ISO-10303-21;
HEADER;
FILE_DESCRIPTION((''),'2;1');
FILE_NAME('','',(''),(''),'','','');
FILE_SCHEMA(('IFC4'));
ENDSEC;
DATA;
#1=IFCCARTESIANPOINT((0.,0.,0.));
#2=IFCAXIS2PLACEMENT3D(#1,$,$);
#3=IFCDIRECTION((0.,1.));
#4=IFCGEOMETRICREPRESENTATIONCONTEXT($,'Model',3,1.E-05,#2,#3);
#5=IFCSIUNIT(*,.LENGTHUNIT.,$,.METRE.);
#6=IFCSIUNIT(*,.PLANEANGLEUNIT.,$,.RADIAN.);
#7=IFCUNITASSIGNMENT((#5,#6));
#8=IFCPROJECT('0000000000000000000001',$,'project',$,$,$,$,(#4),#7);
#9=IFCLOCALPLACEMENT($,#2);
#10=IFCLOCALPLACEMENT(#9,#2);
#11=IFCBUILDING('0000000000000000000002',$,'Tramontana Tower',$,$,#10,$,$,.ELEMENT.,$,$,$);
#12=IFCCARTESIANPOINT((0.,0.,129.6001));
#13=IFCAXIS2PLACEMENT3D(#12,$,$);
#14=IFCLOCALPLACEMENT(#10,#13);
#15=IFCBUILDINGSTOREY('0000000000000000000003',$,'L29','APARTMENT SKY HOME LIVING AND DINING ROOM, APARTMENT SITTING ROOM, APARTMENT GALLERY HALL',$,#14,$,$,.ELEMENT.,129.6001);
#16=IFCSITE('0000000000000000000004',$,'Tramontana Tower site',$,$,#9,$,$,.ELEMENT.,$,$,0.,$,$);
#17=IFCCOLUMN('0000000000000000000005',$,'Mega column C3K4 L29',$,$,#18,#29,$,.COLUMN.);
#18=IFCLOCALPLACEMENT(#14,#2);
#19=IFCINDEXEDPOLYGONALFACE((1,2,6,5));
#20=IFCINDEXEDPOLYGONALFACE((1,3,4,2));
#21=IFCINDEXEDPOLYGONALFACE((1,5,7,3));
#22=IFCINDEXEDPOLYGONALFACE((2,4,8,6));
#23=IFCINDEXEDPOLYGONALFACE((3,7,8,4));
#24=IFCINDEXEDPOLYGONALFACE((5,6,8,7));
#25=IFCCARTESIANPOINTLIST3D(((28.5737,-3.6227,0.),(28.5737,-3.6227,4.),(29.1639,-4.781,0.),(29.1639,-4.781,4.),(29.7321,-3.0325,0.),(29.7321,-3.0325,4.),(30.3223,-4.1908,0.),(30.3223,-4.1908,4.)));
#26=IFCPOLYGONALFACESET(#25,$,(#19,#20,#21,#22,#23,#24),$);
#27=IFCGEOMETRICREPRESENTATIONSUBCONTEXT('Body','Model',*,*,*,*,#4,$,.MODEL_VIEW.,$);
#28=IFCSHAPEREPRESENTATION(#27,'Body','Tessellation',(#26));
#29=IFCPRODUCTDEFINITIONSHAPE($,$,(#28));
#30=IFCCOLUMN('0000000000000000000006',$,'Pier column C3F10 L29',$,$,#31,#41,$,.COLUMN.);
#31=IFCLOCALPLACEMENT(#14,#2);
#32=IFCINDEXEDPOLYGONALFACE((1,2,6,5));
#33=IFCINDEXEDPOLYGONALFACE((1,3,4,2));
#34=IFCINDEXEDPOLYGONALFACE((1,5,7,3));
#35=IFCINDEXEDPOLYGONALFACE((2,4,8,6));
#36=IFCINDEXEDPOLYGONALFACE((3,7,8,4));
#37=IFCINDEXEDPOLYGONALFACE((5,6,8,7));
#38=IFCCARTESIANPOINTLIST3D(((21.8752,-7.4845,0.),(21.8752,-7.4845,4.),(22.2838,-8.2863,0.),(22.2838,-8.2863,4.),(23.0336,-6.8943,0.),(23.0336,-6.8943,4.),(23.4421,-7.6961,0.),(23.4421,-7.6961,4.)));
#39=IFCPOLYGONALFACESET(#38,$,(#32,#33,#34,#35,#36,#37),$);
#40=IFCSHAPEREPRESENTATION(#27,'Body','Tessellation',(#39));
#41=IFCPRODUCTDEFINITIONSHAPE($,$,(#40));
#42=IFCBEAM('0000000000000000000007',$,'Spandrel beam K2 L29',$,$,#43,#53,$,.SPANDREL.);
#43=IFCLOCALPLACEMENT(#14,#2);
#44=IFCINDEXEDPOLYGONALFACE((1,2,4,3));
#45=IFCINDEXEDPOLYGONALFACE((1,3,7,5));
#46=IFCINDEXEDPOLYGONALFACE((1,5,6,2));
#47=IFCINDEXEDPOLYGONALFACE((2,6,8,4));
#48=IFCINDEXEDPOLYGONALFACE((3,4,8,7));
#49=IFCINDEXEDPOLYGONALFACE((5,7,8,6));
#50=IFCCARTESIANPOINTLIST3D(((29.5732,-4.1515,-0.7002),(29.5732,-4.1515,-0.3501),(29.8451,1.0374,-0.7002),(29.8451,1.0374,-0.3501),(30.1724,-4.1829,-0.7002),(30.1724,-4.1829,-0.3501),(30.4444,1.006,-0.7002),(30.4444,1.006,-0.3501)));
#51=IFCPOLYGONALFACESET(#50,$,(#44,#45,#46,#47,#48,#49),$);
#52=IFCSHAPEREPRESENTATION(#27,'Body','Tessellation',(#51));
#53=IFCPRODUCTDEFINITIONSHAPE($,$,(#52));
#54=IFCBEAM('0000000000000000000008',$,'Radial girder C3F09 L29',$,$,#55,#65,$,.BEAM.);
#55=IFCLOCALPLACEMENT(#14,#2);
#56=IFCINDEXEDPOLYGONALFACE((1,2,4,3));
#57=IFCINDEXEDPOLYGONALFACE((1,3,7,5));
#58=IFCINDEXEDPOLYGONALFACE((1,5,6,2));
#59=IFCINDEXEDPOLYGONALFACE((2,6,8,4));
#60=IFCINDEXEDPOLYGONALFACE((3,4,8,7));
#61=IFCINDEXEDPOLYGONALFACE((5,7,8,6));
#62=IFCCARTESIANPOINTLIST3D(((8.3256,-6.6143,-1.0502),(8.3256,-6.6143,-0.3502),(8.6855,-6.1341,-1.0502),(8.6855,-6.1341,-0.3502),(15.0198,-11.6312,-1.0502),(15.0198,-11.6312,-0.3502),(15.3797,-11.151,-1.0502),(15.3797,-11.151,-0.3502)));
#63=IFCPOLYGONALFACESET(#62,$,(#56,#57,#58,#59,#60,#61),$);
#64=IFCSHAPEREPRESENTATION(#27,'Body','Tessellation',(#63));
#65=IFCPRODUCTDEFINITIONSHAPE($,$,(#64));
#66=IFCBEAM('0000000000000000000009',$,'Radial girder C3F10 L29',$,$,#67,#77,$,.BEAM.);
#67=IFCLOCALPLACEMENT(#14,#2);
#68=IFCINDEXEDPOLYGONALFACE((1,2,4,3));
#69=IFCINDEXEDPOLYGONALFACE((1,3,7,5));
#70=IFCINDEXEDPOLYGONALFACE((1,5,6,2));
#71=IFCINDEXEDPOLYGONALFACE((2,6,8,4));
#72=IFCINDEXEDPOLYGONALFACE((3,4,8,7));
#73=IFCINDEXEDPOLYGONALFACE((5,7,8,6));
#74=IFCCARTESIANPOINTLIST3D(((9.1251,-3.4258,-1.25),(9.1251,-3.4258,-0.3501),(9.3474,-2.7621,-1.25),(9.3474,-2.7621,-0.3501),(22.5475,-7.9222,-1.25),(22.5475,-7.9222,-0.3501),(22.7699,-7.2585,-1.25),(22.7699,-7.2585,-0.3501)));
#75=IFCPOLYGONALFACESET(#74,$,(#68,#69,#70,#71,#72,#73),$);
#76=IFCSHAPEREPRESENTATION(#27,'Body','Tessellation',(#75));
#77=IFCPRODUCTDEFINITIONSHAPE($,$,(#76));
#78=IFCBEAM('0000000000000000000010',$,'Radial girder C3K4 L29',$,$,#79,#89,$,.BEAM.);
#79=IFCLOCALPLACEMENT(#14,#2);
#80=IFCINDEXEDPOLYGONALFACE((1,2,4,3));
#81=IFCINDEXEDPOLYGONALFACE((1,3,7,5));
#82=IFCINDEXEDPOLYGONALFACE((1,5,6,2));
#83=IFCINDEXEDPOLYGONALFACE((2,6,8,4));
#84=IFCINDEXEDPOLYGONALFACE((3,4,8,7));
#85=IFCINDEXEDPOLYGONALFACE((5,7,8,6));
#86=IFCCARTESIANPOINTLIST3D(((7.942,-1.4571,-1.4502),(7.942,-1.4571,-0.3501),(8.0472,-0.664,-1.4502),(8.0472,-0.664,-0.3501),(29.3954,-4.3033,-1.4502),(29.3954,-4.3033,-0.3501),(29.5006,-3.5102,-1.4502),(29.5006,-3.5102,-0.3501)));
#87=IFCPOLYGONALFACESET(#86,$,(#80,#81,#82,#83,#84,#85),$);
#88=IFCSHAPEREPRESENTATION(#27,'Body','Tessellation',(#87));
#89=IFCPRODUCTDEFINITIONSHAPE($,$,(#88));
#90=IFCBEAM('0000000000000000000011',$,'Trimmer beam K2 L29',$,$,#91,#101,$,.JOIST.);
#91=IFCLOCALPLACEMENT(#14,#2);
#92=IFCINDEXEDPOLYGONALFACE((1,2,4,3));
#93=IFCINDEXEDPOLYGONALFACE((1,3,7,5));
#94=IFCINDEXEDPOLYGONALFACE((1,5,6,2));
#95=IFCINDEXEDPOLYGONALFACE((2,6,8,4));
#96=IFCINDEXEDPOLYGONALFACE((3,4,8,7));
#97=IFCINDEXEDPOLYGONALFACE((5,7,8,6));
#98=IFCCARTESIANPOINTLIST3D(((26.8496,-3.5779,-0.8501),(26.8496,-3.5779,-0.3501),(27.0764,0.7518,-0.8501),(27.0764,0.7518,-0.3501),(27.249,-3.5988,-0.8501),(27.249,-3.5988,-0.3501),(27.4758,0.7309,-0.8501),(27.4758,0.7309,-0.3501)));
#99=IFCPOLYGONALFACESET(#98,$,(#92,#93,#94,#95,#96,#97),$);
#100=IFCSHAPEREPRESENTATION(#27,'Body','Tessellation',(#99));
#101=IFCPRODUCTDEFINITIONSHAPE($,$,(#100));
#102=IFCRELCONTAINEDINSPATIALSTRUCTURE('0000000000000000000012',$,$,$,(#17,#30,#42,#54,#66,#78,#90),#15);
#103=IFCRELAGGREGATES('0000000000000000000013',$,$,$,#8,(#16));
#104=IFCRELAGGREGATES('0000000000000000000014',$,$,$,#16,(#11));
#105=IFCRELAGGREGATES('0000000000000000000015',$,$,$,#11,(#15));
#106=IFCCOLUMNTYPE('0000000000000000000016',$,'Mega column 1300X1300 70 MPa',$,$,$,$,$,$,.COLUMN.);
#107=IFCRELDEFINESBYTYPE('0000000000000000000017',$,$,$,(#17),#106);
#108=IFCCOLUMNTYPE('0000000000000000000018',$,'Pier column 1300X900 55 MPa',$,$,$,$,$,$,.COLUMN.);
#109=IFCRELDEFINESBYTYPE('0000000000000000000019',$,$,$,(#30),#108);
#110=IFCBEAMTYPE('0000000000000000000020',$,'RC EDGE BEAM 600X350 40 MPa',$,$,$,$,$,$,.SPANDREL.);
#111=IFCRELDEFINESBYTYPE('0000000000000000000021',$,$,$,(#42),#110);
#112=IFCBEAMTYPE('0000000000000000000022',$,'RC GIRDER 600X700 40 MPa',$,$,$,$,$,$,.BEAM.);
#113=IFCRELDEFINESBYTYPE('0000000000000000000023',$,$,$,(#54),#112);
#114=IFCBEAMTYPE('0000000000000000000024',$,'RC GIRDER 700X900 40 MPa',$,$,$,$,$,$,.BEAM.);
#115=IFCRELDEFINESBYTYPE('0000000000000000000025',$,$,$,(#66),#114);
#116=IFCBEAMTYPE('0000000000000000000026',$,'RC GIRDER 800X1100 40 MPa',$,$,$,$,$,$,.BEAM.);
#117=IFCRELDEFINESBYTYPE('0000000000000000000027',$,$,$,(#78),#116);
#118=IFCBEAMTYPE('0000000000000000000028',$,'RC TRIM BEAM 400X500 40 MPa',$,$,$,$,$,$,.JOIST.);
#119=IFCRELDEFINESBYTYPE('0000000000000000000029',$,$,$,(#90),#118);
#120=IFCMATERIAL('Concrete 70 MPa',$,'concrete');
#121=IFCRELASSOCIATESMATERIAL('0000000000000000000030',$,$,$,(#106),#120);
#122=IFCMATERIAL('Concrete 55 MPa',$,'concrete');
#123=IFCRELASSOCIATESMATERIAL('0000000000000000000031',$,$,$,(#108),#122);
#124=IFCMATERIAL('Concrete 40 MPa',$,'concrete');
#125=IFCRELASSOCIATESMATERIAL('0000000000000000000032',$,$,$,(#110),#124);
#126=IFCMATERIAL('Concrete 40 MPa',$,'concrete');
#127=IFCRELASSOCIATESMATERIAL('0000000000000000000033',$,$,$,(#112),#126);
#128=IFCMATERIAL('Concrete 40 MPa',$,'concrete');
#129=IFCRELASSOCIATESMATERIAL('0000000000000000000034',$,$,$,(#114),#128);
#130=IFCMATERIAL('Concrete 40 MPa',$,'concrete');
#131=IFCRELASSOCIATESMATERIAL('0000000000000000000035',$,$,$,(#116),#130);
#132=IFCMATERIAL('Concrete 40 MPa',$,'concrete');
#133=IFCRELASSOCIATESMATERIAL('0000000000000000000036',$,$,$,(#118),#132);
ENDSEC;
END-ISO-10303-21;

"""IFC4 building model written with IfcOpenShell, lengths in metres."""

from ifc_helpers import new_model, si_unit, direction, frame, origin, origin_2d, place, context, subcontext, project, spatial, rectangle, extrude, material, material_profile, profile_set, type_object, element, save


model = new_model("IFC4")

# Units and contexts
model_context = context("Model", 3, precision=1e-05, world=origin(), true_north=direction((0.0, 1.0)))
body_context = subcontext(model_context, "Body", "Model", "MODEL_VIEW")
ifc_project = project(units=[si_unit("LENGTHUNIT", "METRE"), si_unit("PLANEANGLEUNIT", "RADIAN")], contexts=[model_context])

# Site, building, storey
site_placement = place(None, origin())
site = spatial("IfcSite", under=ifc_project, at=site_placement, Name="Tramontana Tower site", CompositionType="ELEMENT", RefElevation=0.0)
building_placement = place(site_placement, origin())
building = spatial("IfcBuilding", under=site, at=building_placement, Name="Tramontana Tower", CompositionType="ELEMENT")
storey_placement = place(building_placement, frame((0.0, 0.0, 129.6001)))
storey = spatial("IfcBuildingStorey", under=building, at=storey_placement, Name="L29", Description="APARTMENT SKY HOME LIVING AND DINING ROOM, APARTMENT SITTING ROOM, APARTMENT GALLERY HALL", CompositionType="ELEMENT", Elevation=129.6001)

# Columns
ifc_material_1 = material(Name="Concrete 70 MPa", Category="concrete")
ifc_material_profile_1 = material_profile(ifc_material_1, rectangle(XDim=1.3, YDim=1.3, at=origin_2d()), Name="Mega column 1300X1300 70 MPa")
ifc_profile_set_1 = profile_set([ifc_material_profile_1], Name="Concrete 70 MPa")
column_type_1 = type_object("IfcColumnType", Name="Mega column 1300X1300 70 MPa", PredefinedType="COLUMN", material=ifc_profile_set_1)
column_1_placement = place(storey_placement, frame((29.448, -3.9067, 0.0), z_axis=(0.0, 0.0, 1.0), x_axis=(0.891007, 0.45399, 0.0)))
element("IfcColumn", 1, at=column_1_placement, inside=storey, type_object=column_type_1, Name="Mega column C3K4 L29", PredefinedType="COLUMN", context=body_context, shape_type="SweptSolid", body=[
    extrude(rectangle(XDim=1.3, YDim=1.3, at=origin_2d()), origin(), (0.0, 0.0, 1.0), 4.0),
])
ifc_material_2 = material(Name="Concrete 55 MPa", Category="concrete")
ifc_material_profile_2 = material_profile(ifc_material_2, rectangle(XDim=1.3, YDim=0.8999, at=origin_2d()), Name="Pier column 1300X900 55 MPa")
ifc_profile_set_2 = profile_set([ifc_material_profile_2], Name="Concrete 55 MPa")
column_type_2 = type_object("IfcColumnType", Name="Pier column 1300X900 55 MPa", PredefinedType="COLUMN", material=ifc_profile_set_2)
column_2_placement = place(storey_placement, frame((22.6587, -7.5903, 0.0), z_axis=(0.0, 0.0, 1.0), x_axis=(0.891007, 0.45399, 0.0)))
element("IfcColumn", 2, at=column_2_placement, inside=storey, type_object=column_type_2, Name="Pier column C3F10 L29", PredefinedType="COLUMN", context=body_context, shape_type="SweptSolid", body=[
    extrude(rectangle(XDim=1.3, YDim=0.8999, at=origin_2d()), origin(), (0.0, 0.0, 1.0), 4.0),
])

# Beams
ifc_material_3 = material(Name="Concrete 40 MPa", Category="concrete")
ifc_material_profile_3 = material_profile(ifc_material_3, rectangle(XDim=0.6001, YDim=0.3501, at=origin_2d()), Name="RC EDGE BEAM 600X350 40 MPa")
ifc_profile_set_3 = profile_set([ifc_material_profile_3], Name="Concrete 40 MPa")
beam_type_1 = type_object("IfcBeamType", Name="RC EDGE BEAM 600X350 40 MPa", PredefinedType="SPANDREL", material=ifc_profile_set_3)
beam_1_placement = place(storey_placement, frame((29.8728, -4.1672, -0.5251), z_axis=(0.052342, 0.998629, 0.0), x_axis=(-0.998629, 0.052342, 0.0)))
element("IfcBeam", 3, at=beam_1_placement, inside=storey, type_object=beam_type_1, Name="Spandrel beam K2 L29", PredefinedType="SPANDREL", context=body_context, shape_type="SweptSolid", body=[
    extrude(rectangle(XDim=0.6001, YDim=0.3501, at=origin_2d()), origin(), (0.0, 0.0, 1.0), 5.196),
])
ifc_material_4 = material(Name="Concrete 40 MPa", Category="concrete")
ifc_material_profile_4 = material_profile(ifc_material_4, rectangle(XDim=0.6001, YDim=0.7, at=origin_2d()), Name="RC GIRDER 600X700 40 MPa")
ifc_profile_set_4 = profile_set([ifc_material_profile_4], Name="Concrete 40 MPa")
beam_type_2 = type_object("IfcBeamType", Name="RC GIRDER 600X700 40 MPa", PredefinedType="BEAM", material=ifc_profile_set_4)
beam_2_placement = place(storey_placement, frame((15.1997, -11.3911, -0.7002), z_axis=(-0.800214, 0.599715, 0.0), x_axis=(-0.599715, -0.800214, 0.0)))
element("IfcBeam", 4, at=beam_2_placement, inside=storey, type_object=beam_type_2, Name="Radial girder C3F09 L29", PredefinedType="BEAM", context=body_context, shape_type="SweptSolid", body=[
    extrude(rectangle(XDim=0.6001, YDim=0.7, at=origin_2d()), origin(), (0.0, 0.0, 1.0), 8.3655),
])
ifc_material_5 = material(Name="Concrete 40 MPa", Category="concrete")
ifc_material_profile_5 = material_profile(ifc_material_5, rectangle(XDim=0.7, YDim=0.8999, at=origin_2d()), Name="RC GIRDER 700X900 40 MPa")
ifc_profile_set_5 = profile_set([ifc_material_profile_5], Name="Concrete 40 MPa")
beam_type_3 = type_object("IfcBeamType", Name="RC GIRDER 700X900 40 MPa", PredefinedType="BEAM", material=ifc_profile_set_5)
beam_3_placement = place(storey_placement, frame((22.6587, -7.5903, -0.8), z_axis=(-0.948211, 0.31764, 0.0), x_axis=(-0.31764, -0.948211, 0.0)))
element("IfcBeam", 5, at=beam_3_placement, inside=storey, type_object=beam_type_3, Name="Radial girder C3F10 L29", PredefinedType="BEAM", context=body_context, shape_type="SweptSolid", body=[
    extrude(rectangle(XDim=0.7, YDim=0.8999, at=origin_2d()), origin(), (0.0, 0.0, 1.0), 14.1555),
])
ifc_material_6 = material(Name="Concrete 40 MPa", Category="concrete")
ifc_material_profile_6 = material_profile(ifc_material_6, rectangle(XDim=0.8, YDim=1.1001, at=origin_2d()), Name="RC GIRDER 800X1100 40 MPa")
ifc_profile_set_6 = profile_set([ifc_material_profile_6], Name="Concrete 40 MPa")
beam_type_4 = type_object("IfcBeamType", Name="RC GIRDER 800X1100 40 MPa", PredefinedType="BEAM", material=ifc_profile_set_6)
beam_4_placement = place(storey_placement, frame((29.448, -3.9067, -0.9001), z_axis=(-0.991314, 0.131516, 0.0), x_axis=(-0.131516, -0.991314, 0.0)))
element("IfcBeam", 6, at=beam_4_placement, inside=storey, type_object=beam_type_4, Name="Radial girder C3K4 L29", PredefinedType="BEAM", context=body_context, shape_type="SweptSolid", body=[
    extrude(rectangle(XDim=0.8, YDim=1.1001, at=origin_2d()), origin(), (0.0, 0.0, 1.0), 21.6414),
])
ifc_material_7 = material(Name="Concrete 40 MPa", Category="concrete")
ifc_material_profile_7 = material_profile(ifc_material_7, rectangle(XDim=0.3999, YDim=0.5, at=origin_2d()), Name="RC TRIM BEAM 400X500 40 MPa")
ifc_profile_set_7 = profile_set([ifc_material_profile_7], Name="Concrete 40 MPa")
beam_type_5 = type_object("IfcBeamType", Name="RC TRIM BEAM 400X500 40 MPa", PredefinedType="JOIST", material=ifc_profile_set_7)
beam_5_placement = place(storey_placement, frame((27.0493, -3.5884, -0.6001), z_axis=(0.052311, 0.998631, 0.0), x_axis=(-0.998631, 0.052311, 0.0)))
element("IfcBeam", 7, at=beam_5_placement, inside=storey, type_object=beam_type_5, Name="Trimmer beam K2 L29", PredefinedType="JOIST", context=body_context, shape_type="SweptSolid", body=[
    extrude(rectangle(XDim=0.3999, YDim=0.5, at=origin_2d()), origin(), (0.0, 0.0, 1.0), 4.3357),
])

save(model, "model.ifc")
